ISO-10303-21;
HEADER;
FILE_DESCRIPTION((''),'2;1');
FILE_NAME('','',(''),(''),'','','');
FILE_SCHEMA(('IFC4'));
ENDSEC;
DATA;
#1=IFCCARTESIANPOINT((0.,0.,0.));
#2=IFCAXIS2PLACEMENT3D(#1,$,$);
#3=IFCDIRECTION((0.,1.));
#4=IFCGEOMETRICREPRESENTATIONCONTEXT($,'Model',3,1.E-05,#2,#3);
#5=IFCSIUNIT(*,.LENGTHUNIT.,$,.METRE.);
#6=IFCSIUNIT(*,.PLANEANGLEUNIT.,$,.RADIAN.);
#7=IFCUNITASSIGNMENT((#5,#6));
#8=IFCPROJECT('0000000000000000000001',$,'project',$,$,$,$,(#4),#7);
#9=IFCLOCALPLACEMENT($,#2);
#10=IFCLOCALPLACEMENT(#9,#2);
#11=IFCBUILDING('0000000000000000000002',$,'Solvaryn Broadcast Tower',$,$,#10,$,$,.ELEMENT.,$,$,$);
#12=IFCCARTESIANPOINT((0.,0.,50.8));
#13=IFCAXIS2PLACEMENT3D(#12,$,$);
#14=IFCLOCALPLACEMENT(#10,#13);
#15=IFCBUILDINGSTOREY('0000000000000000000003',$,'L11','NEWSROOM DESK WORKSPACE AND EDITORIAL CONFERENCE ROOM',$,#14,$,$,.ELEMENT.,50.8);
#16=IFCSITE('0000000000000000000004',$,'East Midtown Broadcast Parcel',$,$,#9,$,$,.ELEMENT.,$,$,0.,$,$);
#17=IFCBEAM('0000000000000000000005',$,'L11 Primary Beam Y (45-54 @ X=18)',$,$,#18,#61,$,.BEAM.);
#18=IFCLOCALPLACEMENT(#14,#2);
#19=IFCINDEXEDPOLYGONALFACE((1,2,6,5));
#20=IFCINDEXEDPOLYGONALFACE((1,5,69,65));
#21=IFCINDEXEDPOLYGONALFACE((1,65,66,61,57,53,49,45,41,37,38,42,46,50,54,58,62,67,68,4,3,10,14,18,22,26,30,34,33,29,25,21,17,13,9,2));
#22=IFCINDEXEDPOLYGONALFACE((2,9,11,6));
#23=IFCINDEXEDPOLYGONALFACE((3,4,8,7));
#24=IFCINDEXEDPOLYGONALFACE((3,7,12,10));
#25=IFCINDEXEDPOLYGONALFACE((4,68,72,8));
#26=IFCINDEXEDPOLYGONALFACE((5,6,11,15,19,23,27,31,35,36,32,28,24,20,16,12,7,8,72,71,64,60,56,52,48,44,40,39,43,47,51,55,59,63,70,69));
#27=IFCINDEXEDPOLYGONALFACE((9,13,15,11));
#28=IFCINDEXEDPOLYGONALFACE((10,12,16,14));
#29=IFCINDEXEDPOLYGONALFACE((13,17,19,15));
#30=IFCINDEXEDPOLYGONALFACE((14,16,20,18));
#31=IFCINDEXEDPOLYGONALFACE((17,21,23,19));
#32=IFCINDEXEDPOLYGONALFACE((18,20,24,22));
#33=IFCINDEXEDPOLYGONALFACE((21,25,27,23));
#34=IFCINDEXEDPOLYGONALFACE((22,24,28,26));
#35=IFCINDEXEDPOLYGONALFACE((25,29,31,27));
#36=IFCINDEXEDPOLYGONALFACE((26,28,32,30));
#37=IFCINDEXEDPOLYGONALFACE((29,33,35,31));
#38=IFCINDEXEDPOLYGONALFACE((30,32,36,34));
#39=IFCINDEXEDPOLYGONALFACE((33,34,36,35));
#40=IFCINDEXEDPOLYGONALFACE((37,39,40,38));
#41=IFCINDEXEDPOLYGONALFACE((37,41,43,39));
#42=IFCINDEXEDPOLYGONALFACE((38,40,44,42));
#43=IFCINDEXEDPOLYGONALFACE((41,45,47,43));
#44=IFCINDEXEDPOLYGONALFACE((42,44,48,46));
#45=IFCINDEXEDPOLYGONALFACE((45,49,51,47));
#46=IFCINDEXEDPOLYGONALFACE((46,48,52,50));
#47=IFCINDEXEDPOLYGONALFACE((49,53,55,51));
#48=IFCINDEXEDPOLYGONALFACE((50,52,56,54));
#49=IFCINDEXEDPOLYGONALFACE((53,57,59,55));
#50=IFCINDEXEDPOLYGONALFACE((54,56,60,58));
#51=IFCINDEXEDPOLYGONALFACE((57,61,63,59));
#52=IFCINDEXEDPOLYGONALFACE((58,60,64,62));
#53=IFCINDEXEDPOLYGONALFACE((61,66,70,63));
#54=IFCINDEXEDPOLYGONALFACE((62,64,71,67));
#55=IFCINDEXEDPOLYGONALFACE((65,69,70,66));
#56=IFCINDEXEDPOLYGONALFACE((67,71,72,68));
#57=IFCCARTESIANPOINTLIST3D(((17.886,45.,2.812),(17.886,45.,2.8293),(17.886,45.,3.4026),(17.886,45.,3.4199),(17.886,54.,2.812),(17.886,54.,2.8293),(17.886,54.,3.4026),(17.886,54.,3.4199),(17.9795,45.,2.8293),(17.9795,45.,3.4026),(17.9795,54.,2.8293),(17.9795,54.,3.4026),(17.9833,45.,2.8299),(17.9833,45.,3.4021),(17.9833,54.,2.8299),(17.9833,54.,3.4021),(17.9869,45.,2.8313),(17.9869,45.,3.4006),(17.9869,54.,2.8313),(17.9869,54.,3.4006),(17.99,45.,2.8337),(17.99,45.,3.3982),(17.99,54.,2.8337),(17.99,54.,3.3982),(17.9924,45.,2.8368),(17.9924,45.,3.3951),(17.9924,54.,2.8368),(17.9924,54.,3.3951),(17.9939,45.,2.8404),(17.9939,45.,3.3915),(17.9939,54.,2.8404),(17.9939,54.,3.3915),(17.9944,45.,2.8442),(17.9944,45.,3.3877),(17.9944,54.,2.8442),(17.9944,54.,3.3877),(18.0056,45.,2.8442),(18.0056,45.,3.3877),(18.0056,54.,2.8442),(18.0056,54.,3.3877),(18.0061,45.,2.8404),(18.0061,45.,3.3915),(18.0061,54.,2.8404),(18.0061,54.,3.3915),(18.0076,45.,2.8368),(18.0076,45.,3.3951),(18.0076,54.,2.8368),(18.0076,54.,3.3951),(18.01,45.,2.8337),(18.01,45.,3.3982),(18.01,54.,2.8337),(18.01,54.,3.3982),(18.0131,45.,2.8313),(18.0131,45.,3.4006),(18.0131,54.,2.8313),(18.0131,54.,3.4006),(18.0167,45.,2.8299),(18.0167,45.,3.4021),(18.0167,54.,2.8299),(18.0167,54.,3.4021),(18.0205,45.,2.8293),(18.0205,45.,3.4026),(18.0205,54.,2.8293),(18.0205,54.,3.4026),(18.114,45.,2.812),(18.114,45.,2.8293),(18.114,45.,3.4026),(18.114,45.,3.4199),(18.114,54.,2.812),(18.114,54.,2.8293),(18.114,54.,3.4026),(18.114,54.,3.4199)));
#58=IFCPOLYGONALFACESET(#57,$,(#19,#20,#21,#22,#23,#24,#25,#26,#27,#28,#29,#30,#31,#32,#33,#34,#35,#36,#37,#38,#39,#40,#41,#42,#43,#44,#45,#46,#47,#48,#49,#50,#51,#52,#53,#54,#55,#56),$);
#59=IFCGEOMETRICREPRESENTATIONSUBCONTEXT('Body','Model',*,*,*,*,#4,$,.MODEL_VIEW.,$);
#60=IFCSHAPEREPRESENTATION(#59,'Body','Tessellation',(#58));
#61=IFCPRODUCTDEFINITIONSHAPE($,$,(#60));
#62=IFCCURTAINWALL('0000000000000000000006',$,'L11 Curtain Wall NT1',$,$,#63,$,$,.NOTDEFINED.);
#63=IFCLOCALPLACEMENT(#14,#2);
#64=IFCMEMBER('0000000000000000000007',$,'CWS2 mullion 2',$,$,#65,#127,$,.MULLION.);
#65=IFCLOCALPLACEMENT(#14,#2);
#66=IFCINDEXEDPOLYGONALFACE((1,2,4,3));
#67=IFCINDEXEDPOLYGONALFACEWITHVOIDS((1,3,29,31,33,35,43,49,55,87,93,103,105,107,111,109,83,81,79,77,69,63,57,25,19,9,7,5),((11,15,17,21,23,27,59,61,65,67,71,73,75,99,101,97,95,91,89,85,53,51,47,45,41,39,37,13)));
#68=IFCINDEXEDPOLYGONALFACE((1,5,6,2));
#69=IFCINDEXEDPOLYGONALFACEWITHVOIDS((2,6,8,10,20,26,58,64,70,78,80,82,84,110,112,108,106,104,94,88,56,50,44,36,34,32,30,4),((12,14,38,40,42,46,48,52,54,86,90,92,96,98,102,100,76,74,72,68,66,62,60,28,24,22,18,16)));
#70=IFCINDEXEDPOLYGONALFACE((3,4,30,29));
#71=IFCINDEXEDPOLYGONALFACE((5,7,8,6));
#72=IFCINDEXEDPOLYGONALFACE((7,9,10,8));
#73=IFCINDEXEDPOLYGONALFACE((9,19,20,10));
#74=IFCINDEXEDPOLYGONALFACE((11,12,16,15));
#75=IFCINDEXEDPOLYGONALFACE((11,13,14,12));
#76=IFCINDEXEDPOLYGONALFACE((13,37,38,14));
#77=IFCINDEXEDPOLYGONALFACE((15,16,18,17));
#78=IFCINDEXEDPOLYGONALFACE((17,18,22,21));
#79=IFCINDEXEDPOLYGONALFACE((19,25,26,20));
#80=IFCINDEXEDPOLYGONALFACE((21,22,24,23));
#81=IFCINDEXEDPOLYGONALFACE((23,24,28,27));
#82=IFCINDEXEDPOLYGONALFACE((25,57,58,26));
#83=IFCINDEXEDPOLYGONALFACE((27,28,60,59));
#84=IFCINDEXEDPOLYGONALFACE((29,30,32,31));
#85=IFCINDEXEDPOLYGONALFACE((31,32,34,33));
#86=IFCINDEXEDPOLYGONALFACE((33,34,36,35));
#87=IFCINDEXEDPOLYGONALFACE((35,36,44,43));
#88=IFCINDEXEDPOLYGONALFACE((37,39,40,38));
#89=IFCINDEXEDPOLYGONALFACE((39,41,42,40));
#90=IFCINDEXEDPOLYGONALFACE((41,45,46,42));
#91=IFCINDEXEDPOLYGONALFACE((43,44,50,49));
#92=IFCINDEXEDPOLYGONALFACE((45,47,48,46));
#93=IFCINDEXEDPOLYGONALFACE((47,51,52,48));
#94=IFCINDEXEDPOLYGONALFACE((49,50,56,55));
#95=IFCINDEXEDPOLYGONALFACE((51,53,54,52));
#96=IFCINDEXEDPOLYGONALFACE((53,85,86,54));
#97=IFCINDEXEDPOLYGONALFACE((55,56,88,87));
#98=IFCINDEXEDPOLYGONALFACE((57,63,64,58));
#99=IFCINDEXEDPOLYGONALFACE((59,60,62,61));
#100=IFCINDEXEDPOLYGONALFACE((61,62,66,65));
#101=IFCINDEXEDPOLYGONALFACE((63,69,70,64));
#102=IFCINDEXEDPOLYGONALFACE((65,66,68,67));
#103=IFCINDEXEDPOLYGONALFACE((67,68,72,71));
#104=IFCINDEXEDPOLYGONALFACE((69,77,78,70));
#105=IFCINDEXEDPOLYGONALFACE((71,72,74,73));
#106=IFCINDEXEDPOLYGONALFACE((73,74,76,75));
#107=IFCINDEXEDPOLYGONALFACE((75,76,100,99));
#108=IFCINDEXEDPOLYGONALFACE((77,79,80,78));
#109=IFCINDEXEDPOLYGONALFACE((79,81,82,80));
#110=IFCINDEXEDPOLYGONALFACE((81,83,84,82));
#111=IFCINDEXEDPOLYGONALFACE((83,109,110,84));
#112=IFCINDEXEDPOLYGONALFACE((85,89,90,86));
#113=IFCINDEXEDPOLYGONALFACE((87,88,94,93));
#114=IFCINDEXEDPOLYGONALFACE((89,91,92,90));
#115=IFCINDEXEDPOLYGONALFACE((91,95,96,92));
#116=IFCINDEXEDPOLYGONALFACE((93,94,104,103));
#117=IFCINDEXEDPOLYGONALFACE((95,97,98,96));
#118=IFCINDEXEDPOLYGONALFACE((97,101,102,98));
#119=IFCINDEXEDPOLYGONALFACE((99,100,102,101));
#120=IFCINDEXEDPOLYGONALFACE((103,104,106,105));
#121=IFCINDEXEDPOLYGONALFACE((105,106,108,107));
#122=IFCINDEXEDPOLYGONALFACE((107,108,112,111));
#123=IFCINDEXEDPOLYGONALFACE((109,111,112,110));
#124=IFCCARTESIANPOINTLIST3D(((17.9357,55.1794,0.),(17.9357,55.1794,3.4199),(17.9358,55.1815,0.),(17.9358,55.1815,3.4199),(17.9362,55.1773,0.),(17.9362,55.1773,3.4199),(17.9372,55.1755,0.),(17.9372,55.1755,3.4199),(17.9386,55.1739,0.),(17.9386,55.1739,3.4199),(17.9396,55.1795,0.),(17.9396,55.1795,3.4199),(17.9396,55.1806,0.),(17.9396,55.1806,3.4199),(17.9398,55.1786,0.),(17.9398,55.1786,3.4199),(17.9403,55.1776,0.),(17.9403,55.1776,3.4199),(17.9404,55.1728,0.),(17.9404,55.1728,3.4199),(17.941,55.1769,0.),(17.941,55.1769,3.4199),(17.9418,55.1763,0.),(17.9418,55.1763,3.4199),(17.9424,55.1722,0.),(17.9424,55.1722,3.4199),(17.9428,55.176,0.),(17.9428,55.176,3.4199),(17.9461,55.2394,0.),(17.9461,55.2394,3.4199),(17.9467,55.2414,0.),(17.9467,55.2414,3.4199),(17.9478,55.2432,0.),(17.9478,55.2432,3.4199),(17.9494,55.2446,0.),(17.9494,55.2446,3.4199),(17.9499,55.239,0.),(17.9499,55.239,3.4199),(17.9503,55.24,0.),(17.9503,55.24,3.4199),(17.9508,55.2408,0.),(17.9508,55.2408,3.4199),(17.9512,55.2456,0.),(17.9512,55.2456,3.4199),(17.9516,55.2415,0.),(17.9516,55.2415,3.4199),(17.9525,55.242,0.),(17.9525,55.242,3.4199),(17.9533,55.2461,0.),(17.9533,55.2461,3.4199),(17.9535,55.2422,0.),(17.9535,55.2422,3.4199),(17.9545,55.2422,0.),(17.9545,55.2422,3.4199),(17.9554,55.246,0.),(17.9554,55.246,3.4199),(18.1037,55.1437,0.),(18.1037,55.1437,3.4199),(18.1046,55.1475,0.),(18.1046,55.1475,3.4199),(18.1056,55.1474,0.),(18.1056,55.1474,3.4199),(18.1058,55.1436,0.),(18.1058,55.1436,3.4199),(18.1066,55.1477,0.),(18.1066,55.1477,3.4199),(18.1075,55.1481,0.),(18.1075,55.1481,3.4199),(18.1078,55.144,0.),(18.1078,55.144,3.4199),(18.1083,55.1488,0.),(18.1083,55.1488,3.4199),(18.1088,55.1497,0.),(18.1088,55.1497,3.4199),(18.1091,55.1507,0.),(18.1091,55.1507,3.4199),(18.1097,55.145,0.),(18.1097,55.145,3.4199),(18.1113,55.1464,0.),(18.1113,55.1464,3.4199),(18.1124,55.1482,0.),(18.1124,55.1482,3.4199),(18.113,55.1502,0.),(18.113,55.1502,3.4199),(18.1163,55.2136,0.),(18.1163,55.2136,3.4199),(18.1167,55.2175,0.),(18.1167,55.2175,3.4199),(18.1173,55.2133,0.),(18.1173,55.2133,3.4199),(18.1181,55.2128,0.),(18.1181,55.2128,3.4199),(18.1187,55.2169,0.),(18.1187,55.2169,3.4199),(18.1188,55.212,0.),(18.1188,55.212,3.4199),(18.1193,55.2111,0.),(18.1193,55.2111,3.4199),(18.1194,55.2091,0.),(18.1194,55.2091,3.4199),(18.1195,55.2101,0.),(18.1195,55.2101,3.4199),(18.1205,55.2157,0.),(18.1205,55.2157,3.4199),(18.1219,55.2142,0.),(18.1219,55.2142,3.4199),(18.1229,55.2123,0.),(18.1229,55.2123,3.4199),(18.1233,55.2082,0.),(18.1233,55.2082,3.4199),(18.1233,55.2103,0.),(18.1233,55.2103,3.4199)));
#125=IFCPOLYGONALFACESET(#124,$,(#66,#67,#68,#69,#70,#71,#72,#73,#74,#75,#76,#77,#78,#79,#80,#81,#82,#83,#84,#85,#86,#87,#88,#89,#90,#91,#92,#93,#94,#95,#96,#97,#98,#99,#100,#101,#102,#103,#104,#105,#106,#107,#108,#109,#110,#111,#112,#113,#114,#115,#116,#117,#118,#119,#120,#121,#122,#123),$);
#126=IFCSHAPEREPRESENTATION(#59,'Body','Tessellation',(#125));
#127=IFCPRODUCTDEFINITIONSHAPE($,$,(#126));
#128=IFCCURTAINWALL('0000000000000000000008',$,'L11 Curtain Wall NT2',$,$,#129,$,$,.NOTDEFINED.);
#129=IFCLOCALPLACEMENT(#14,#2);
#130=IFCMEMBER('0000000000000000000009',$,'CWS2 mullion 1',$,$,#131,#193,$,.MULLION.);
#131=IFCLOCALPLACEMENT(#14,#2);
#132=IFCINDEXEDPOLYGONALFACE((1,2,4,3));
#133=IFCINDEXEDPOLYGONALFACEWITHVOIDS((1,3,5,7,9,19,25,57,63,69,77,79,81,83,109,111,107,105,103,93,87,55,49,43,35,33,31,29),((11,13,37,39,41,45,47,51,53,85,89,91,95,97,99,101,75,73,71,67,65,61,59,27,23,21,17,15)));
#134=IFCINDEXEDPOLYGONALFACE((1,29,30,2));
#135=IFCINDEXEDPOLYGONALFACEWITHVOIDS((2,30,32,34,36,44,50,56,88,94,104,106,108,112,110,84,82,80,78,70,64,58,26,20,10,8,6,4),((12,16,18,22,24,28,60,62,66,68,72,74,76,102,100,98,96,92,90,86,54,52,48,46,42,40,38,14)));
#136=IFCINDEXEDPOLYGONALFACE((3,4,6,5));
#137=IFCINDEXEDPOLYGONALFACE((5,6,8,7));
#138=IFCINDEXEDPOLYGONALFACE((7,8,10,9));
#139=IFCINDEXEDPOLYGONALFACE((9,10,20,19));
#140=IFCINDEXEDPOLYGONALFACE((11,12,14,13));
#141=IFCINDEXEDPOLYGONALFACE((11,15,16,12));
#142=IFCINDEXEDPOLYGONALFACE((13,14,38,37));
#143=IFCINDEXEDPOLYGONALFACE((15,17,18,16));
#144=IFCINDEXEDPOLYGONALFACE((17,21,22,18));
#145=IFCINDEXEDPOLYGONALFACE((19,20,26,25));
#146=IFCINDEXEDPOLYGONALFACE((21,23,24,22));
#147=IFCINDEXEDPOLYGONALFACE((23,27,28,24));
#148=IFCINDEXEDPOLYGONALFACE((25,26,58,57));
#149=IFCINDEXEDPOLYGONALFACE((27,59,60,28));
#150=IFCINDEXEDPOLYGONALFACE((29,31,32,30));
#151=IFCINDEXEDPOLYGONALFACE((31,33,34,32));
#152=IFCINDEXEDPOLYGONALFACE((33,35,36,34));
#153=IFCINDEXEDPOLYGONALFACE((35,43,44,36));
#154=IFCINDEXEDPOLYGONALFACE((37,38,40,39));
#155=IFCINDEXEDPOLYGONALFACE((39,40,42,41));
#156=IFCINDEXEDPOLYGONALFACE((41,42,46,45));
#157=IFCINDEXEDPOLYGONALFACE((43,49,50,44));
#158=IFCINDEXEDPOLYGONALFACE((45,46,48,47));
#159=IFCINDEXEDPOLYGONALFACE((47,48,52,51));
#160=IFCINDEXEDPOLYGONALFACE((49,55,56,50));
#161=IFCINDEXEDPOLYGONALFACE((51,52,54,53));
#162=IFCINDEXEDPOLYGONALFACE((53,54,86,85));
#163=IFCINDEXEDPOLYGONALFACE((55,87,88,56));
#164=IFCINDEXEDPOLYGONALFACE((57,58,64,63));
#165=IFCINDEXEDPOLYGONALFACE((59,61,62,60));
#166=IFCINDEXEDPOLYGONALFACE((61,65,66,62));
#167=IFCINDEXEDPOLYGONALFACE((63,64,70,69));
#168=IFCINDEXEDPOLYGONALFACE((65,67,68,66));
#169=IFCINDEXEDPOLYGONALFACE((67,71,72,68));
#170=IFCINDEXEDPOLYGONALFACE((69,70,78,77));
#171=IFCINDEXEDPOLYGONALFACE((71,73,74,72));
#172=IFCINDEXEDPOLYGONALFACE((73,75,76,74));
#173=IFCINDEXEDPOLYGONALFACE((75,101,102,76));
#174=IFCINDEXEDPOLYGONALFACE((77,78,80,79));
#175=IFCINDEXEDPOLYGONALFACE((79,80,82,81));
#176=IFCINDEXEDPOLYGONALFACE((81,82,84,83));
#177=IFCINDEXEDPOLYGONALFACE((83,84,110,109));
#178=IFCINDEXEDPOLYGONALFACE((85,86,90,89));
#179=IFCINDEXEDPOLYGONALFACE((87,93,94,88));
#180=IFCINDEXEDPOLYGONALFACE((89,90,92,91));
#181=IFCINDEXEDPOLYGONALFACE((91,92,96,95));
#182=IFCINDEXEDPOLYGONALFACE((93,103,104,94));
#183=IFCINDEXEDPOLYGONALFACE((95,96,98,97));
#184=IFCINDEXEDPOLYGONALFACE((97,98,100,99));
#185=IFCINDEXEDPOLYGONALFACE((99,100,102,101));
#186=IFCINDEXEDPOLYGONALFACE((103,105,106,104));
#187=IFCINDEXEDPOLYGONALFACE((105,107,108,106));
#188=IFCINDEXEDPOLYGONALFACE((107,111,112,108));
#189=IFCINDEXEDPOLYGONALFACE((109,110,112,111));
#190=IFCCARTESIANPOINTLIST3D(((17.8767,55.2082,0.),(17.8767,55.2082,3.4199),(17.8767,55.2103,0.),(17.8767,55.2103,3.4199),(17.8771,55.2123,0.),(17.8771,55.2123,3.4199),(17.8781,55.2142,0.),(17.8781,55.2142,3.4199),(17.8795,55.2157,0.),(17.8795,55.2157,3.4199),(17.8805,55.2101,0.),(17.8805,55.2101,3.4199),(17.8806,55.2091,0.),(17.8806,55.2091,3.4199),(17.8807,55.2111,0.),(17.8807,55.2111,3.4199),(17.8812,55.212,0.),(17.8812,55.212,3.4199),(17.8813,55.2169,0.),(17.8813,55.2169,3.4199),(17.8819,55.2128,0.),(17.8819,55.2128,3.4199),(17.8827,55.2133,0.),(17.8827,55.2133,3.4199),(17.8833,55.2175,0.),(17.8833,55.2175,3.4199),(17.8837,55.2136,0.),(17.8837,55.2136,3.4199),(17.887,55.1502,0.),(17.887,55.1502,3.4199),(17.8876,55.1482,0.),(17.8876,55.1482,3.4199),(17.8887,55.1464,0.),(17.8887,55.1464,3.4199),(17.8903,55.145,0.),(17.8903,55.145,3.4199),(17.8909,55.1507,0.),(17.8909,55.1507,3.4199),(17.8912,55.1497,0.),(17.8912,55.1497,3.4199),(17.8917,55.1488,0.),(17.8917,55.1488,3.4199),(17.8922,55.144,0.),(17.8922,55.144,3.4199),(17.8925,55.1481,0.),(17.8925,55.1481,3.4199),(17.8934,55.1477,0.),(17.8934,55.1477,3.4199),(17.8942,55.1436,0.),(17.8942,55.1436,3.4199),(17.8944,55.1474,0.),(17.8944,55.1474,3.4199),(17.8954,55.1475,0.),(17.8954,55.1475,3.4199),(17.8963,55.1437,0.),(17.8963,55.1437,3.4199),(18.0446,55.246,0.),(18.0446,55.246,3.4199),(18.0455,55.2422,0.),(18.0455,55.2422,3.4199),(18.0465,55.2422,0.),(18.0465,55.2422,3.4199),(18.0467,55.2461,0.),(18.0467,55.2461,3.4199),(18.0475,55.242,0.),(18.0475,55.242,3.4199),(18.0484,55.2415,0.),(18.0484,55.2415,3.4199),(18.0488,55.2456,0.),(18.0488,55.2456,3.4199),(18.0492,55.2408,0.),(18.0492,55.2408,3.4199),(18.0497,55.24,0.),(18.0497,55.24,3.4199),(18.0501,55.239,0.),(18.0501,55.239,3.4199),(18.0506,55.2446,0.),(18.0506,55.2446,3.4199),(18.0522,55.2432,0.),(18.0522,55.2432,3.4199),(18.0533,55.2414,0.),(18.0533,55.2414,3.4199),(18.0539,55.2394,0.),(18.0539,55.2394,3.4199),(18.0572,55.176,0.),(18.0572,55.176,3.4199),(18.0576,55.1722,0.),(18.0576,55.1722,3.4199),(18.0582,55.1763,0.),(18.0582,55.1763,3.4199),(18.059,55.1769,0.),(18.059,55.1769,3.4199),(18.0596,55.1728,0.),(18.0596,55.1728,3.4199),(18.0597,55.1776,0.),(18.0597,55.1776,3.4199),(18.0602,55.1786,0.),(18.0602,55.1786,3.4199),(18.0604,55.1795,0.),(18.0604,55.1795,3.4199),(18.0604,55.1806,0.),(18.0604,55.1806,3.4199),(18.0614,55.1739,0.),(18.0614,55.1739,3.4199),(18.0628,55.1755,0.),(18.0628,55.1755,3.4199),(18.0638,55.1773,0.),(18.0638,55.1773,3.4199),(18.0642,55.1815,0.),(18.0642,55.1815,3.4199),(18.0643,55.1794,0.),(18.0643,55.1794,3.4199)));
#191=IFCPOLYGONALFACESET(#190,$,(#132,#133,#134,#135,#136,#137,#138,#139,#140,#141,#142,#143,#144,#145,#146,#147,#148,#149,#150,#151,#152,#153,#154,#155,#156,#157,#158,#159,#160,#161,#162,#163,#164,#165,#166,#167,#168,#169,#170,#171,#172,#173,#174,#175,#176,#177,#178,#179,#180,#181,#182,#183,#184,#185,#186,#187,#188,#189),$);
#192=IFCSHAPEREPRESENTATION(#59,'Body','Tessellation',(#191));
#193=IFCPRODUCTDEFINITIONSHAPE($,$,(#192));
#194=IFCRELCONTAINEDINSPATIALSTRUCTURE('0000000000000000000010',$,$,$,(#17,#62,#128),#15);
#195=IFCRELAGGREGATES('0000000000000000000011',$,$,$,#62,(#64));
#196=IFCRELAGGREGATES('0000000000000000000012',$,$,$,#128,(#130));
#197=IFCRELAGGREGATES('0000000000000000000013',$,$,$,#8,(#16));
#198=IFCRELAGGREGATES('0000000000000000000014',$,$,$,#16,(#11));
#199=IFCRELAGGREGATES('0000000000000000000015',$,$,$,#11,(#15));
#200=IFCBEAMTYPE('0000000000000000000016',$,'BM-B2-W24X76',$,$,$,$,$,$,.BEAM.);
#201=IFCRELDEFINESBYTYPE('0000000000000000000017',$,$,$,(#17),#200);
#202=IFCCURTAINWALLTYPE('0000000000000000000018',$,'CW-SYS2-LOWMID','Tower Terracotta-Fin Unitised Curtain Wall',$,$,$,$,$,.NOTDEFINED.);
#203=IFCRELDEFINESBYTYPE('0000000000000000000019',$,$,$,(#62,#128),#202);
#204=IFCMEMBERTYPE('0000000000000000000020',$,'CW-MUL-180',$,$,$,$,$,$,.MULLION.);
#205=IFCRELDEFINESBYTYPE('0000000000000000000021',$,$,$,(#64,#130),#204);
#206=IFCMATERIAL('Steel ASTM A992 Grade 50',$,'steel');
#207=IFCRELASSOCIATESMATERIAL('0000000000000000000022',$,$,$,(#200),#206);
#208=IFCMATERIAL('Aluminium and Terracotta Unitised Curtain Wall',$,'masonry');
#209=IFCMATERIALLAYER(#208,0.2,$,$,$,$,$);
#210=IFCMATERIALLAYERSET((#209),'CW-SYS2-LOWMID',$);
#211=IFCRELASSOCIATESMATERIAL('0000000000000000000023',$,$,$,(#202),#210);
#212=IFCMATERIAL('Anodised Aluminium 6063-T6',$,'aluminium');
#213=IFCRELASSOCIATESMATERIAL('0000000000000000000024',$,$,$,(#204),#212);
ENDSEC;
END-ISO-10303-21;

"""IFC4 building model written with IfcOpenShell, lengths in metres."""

from ifc_helpers import new_model, si_unit, direction, frame, origin, origin_2d, place, context, subcontext, project, spatial, hollow_rectangle, i_section, extrude, material, layer, layer_set, material_profile, profile_set, type_object, element, aggregate, save


model = new_model("IFC4")

# Units and contexts
model_context = context("Model", 3, precision=1e-05, world=origin(), true_north=direction((0.0, 1.0)))
body_context = subcontext(model_context, "Body", "Model", "MODEL_VIEW")
ifc_project = project(units=[si_unit("LENGTHUNIT", "METRE"), si_unit("PLANEANGLEUNIT", "RADIAN")], contexts=[model_context])

# Site, building, storey
site_placement = place(None, origin())
site = spatial("IfcSite", under=ifc_project, at=site_placement, Name="East Midtown Broadcast Parcel", CompositionType="ELEMENT", RefElevation=0.0)
building_placement = place(site_placement, origin())
building = spatial("IfcBuilding", under=site, at=building_placement, Name="Solvaryn Broadcast Tower", CompositionType="ELEMENT")
storey_placement = place(building_placement, frame((0.0, 0.0, 50.8)))
storey = spatial("IfcBuildingStorey", under=building, at=storey_placement, Name="L11", Description="NEWSROOM DESK WORKSPACE AND EDITORIAL CONFERENCE ROOM", CompositionType="ELEMENT", Elevation=50.8)

# Beam
ifc_material_1 = material(Name="Steel ASTM A992 Grade 50", Category="steel")
ifc_material_profile_1 = material_profile(ifc_material_1, i_section(OverallWidth=0.228, OverallDepth=0.6079, WebThickness=0.0112, FlangeThickness=0.0173, FilletRadius=0.0149, at=origin_2d()))
ifc_profile_set_1 = profile_set([ifc_material_profile_1], Name="Steel ASTM A992 Grade 50")
beam_type_1 = type_object("IfcBeamType", Name="BM-B2-W24X76", PredefinedType="BEAM", material=ifc_profile_set_1)
beam_1_placement = place(storey_placement, frame((18.0, 45.0, 3.116), z_axis=(0.0, 1.0, 0.0), x_axis=(-1.0, 0.0, 0.0)))
element("IfcBeam", 1, at=beam_1_placement, inside=storey, type_object=beam_type_1, Name="L11 Primary Beam Y (45-54 @ X=18)", PredefinedType="BEAM", context=body_context, shape_type="SweptSolid", body=[
    extrude(i_section(OverallWidth=0.228, OverallDepth=0.6079, WebThickness=0.0112, FlangeThickness=0.0173, FilletRadius=0.0149, at=origin_2d()), origin(), (0.0, 0.0, 1.0), 9.0),
])

# Curtain wall, member
ifc_material_2 = material(Name="Aluminium and Terracotta Unitised Curtain Wall", Category="masonry")
ifc_layer_1 = layer(ifc_material_2, 0.2)
ifc_layer_set_1 = layer_set([ifc_layer_1], Name="CW-SYS2-LOWMID")
curtain_wall_type = type_object("IfcCurtainWallType", Name="CW-SYS2-LOWMID", Description="Tower Terracotta-Fin Unitised Curtain Wall", PredefinedType="NOTDEFINED", material=ifc_layer_set_1)
curtain_wall_1_placement = place(storey_placement, origin())
curtain_wall_1 = element("IfcCurtainWall", 2, at=curtain_wall_1_placement, inside=storey, type_object=curtain_wall_type, Name="L11 Curtain Wall NT1", PredefinedType="NOTDEFINED")
ifc_material_3 = material(Name="Anodised Aluminium 6063-T6", Category="aluminium")
ifc_material_profile_2 = material_profile(ifc_material_3, hollow_rectangle(XDim=0.075, YDim=0.1799, WallThickness=0.0039, InnerFilletRadius=0.0039, OuterFilletRadius=0.0081, at=origin_2d()))
ifc_profile_set_2 = profile_set([ifc_material_profile_2], Name="Anodised Aluminium 6063-T6")
member_type_1 = type_object("IfcMemberType", Name="CW-MUL-180", PredefinedType="MULLION", material=ifc_profile_set_2)
member_1_placement = place(storey_placement, frame((18.0295, 55.1948, 0.0), z_axis=(0.0, 0.0, 1.0), x_axis=(-0.173785, -0.984784, 0.0)))
member_1 = element("IfcMember", 3, at=member_1_placement, type_object=member_type_1, Name="CWS2 mullion 2", PredefinedType="MULLION", context=body_context, shape_type="SweptSolid", body=[
    extrude(hollow_rectangle(XDim=0.075, YDim=0.1799, WallThickness=0.0039, InnerFilletRadius=0.0039, OuterFilletRadius=0.0081, at=origin_2d()), origin(), (0.0, 0.0, 1.0), 3.4199),
])

# Curtain wall, member
curtain_wall_2_placement = place(storey_placement, origin())
curtain_wall_2 = element("IfcCurtainWall", 4, at=curtain_wall_2_placement, inside=storey, type_object=curtain_wall_type, Name="L11 Curtain Wall NT2", PredefinedType="NOTDEFINED")
member_2_placement = place(storey_placement, frame((17.9705, 55.1948, 0.0), z_axis=(0.0, 0.0, 1.0), x_axis=(0.173785, -0.984784, 0.0)))
member_2 = element("IfcMember", 5, at=member_2_placement, type_object=member_type_1, Name="CWS2 mullion 1", PredefinedType="MULLION", context=body_context, shape_type="SweptSolid", body=[
    extrude(hollow_rectangle(XDim=0.075, YDim=0.1799, WallThickness=0.0039, InnerFilletRadius=0.0039, OuterFilletRadius=0.0081, at=origin_2d()), origin(), (0.0, 0.0, 1.0), 3.4199),
])

aggregate(curtain_wall_1, [member_1])
aggregate(curtain_wall_2, [member_2])

save(model, "model.ifc")
